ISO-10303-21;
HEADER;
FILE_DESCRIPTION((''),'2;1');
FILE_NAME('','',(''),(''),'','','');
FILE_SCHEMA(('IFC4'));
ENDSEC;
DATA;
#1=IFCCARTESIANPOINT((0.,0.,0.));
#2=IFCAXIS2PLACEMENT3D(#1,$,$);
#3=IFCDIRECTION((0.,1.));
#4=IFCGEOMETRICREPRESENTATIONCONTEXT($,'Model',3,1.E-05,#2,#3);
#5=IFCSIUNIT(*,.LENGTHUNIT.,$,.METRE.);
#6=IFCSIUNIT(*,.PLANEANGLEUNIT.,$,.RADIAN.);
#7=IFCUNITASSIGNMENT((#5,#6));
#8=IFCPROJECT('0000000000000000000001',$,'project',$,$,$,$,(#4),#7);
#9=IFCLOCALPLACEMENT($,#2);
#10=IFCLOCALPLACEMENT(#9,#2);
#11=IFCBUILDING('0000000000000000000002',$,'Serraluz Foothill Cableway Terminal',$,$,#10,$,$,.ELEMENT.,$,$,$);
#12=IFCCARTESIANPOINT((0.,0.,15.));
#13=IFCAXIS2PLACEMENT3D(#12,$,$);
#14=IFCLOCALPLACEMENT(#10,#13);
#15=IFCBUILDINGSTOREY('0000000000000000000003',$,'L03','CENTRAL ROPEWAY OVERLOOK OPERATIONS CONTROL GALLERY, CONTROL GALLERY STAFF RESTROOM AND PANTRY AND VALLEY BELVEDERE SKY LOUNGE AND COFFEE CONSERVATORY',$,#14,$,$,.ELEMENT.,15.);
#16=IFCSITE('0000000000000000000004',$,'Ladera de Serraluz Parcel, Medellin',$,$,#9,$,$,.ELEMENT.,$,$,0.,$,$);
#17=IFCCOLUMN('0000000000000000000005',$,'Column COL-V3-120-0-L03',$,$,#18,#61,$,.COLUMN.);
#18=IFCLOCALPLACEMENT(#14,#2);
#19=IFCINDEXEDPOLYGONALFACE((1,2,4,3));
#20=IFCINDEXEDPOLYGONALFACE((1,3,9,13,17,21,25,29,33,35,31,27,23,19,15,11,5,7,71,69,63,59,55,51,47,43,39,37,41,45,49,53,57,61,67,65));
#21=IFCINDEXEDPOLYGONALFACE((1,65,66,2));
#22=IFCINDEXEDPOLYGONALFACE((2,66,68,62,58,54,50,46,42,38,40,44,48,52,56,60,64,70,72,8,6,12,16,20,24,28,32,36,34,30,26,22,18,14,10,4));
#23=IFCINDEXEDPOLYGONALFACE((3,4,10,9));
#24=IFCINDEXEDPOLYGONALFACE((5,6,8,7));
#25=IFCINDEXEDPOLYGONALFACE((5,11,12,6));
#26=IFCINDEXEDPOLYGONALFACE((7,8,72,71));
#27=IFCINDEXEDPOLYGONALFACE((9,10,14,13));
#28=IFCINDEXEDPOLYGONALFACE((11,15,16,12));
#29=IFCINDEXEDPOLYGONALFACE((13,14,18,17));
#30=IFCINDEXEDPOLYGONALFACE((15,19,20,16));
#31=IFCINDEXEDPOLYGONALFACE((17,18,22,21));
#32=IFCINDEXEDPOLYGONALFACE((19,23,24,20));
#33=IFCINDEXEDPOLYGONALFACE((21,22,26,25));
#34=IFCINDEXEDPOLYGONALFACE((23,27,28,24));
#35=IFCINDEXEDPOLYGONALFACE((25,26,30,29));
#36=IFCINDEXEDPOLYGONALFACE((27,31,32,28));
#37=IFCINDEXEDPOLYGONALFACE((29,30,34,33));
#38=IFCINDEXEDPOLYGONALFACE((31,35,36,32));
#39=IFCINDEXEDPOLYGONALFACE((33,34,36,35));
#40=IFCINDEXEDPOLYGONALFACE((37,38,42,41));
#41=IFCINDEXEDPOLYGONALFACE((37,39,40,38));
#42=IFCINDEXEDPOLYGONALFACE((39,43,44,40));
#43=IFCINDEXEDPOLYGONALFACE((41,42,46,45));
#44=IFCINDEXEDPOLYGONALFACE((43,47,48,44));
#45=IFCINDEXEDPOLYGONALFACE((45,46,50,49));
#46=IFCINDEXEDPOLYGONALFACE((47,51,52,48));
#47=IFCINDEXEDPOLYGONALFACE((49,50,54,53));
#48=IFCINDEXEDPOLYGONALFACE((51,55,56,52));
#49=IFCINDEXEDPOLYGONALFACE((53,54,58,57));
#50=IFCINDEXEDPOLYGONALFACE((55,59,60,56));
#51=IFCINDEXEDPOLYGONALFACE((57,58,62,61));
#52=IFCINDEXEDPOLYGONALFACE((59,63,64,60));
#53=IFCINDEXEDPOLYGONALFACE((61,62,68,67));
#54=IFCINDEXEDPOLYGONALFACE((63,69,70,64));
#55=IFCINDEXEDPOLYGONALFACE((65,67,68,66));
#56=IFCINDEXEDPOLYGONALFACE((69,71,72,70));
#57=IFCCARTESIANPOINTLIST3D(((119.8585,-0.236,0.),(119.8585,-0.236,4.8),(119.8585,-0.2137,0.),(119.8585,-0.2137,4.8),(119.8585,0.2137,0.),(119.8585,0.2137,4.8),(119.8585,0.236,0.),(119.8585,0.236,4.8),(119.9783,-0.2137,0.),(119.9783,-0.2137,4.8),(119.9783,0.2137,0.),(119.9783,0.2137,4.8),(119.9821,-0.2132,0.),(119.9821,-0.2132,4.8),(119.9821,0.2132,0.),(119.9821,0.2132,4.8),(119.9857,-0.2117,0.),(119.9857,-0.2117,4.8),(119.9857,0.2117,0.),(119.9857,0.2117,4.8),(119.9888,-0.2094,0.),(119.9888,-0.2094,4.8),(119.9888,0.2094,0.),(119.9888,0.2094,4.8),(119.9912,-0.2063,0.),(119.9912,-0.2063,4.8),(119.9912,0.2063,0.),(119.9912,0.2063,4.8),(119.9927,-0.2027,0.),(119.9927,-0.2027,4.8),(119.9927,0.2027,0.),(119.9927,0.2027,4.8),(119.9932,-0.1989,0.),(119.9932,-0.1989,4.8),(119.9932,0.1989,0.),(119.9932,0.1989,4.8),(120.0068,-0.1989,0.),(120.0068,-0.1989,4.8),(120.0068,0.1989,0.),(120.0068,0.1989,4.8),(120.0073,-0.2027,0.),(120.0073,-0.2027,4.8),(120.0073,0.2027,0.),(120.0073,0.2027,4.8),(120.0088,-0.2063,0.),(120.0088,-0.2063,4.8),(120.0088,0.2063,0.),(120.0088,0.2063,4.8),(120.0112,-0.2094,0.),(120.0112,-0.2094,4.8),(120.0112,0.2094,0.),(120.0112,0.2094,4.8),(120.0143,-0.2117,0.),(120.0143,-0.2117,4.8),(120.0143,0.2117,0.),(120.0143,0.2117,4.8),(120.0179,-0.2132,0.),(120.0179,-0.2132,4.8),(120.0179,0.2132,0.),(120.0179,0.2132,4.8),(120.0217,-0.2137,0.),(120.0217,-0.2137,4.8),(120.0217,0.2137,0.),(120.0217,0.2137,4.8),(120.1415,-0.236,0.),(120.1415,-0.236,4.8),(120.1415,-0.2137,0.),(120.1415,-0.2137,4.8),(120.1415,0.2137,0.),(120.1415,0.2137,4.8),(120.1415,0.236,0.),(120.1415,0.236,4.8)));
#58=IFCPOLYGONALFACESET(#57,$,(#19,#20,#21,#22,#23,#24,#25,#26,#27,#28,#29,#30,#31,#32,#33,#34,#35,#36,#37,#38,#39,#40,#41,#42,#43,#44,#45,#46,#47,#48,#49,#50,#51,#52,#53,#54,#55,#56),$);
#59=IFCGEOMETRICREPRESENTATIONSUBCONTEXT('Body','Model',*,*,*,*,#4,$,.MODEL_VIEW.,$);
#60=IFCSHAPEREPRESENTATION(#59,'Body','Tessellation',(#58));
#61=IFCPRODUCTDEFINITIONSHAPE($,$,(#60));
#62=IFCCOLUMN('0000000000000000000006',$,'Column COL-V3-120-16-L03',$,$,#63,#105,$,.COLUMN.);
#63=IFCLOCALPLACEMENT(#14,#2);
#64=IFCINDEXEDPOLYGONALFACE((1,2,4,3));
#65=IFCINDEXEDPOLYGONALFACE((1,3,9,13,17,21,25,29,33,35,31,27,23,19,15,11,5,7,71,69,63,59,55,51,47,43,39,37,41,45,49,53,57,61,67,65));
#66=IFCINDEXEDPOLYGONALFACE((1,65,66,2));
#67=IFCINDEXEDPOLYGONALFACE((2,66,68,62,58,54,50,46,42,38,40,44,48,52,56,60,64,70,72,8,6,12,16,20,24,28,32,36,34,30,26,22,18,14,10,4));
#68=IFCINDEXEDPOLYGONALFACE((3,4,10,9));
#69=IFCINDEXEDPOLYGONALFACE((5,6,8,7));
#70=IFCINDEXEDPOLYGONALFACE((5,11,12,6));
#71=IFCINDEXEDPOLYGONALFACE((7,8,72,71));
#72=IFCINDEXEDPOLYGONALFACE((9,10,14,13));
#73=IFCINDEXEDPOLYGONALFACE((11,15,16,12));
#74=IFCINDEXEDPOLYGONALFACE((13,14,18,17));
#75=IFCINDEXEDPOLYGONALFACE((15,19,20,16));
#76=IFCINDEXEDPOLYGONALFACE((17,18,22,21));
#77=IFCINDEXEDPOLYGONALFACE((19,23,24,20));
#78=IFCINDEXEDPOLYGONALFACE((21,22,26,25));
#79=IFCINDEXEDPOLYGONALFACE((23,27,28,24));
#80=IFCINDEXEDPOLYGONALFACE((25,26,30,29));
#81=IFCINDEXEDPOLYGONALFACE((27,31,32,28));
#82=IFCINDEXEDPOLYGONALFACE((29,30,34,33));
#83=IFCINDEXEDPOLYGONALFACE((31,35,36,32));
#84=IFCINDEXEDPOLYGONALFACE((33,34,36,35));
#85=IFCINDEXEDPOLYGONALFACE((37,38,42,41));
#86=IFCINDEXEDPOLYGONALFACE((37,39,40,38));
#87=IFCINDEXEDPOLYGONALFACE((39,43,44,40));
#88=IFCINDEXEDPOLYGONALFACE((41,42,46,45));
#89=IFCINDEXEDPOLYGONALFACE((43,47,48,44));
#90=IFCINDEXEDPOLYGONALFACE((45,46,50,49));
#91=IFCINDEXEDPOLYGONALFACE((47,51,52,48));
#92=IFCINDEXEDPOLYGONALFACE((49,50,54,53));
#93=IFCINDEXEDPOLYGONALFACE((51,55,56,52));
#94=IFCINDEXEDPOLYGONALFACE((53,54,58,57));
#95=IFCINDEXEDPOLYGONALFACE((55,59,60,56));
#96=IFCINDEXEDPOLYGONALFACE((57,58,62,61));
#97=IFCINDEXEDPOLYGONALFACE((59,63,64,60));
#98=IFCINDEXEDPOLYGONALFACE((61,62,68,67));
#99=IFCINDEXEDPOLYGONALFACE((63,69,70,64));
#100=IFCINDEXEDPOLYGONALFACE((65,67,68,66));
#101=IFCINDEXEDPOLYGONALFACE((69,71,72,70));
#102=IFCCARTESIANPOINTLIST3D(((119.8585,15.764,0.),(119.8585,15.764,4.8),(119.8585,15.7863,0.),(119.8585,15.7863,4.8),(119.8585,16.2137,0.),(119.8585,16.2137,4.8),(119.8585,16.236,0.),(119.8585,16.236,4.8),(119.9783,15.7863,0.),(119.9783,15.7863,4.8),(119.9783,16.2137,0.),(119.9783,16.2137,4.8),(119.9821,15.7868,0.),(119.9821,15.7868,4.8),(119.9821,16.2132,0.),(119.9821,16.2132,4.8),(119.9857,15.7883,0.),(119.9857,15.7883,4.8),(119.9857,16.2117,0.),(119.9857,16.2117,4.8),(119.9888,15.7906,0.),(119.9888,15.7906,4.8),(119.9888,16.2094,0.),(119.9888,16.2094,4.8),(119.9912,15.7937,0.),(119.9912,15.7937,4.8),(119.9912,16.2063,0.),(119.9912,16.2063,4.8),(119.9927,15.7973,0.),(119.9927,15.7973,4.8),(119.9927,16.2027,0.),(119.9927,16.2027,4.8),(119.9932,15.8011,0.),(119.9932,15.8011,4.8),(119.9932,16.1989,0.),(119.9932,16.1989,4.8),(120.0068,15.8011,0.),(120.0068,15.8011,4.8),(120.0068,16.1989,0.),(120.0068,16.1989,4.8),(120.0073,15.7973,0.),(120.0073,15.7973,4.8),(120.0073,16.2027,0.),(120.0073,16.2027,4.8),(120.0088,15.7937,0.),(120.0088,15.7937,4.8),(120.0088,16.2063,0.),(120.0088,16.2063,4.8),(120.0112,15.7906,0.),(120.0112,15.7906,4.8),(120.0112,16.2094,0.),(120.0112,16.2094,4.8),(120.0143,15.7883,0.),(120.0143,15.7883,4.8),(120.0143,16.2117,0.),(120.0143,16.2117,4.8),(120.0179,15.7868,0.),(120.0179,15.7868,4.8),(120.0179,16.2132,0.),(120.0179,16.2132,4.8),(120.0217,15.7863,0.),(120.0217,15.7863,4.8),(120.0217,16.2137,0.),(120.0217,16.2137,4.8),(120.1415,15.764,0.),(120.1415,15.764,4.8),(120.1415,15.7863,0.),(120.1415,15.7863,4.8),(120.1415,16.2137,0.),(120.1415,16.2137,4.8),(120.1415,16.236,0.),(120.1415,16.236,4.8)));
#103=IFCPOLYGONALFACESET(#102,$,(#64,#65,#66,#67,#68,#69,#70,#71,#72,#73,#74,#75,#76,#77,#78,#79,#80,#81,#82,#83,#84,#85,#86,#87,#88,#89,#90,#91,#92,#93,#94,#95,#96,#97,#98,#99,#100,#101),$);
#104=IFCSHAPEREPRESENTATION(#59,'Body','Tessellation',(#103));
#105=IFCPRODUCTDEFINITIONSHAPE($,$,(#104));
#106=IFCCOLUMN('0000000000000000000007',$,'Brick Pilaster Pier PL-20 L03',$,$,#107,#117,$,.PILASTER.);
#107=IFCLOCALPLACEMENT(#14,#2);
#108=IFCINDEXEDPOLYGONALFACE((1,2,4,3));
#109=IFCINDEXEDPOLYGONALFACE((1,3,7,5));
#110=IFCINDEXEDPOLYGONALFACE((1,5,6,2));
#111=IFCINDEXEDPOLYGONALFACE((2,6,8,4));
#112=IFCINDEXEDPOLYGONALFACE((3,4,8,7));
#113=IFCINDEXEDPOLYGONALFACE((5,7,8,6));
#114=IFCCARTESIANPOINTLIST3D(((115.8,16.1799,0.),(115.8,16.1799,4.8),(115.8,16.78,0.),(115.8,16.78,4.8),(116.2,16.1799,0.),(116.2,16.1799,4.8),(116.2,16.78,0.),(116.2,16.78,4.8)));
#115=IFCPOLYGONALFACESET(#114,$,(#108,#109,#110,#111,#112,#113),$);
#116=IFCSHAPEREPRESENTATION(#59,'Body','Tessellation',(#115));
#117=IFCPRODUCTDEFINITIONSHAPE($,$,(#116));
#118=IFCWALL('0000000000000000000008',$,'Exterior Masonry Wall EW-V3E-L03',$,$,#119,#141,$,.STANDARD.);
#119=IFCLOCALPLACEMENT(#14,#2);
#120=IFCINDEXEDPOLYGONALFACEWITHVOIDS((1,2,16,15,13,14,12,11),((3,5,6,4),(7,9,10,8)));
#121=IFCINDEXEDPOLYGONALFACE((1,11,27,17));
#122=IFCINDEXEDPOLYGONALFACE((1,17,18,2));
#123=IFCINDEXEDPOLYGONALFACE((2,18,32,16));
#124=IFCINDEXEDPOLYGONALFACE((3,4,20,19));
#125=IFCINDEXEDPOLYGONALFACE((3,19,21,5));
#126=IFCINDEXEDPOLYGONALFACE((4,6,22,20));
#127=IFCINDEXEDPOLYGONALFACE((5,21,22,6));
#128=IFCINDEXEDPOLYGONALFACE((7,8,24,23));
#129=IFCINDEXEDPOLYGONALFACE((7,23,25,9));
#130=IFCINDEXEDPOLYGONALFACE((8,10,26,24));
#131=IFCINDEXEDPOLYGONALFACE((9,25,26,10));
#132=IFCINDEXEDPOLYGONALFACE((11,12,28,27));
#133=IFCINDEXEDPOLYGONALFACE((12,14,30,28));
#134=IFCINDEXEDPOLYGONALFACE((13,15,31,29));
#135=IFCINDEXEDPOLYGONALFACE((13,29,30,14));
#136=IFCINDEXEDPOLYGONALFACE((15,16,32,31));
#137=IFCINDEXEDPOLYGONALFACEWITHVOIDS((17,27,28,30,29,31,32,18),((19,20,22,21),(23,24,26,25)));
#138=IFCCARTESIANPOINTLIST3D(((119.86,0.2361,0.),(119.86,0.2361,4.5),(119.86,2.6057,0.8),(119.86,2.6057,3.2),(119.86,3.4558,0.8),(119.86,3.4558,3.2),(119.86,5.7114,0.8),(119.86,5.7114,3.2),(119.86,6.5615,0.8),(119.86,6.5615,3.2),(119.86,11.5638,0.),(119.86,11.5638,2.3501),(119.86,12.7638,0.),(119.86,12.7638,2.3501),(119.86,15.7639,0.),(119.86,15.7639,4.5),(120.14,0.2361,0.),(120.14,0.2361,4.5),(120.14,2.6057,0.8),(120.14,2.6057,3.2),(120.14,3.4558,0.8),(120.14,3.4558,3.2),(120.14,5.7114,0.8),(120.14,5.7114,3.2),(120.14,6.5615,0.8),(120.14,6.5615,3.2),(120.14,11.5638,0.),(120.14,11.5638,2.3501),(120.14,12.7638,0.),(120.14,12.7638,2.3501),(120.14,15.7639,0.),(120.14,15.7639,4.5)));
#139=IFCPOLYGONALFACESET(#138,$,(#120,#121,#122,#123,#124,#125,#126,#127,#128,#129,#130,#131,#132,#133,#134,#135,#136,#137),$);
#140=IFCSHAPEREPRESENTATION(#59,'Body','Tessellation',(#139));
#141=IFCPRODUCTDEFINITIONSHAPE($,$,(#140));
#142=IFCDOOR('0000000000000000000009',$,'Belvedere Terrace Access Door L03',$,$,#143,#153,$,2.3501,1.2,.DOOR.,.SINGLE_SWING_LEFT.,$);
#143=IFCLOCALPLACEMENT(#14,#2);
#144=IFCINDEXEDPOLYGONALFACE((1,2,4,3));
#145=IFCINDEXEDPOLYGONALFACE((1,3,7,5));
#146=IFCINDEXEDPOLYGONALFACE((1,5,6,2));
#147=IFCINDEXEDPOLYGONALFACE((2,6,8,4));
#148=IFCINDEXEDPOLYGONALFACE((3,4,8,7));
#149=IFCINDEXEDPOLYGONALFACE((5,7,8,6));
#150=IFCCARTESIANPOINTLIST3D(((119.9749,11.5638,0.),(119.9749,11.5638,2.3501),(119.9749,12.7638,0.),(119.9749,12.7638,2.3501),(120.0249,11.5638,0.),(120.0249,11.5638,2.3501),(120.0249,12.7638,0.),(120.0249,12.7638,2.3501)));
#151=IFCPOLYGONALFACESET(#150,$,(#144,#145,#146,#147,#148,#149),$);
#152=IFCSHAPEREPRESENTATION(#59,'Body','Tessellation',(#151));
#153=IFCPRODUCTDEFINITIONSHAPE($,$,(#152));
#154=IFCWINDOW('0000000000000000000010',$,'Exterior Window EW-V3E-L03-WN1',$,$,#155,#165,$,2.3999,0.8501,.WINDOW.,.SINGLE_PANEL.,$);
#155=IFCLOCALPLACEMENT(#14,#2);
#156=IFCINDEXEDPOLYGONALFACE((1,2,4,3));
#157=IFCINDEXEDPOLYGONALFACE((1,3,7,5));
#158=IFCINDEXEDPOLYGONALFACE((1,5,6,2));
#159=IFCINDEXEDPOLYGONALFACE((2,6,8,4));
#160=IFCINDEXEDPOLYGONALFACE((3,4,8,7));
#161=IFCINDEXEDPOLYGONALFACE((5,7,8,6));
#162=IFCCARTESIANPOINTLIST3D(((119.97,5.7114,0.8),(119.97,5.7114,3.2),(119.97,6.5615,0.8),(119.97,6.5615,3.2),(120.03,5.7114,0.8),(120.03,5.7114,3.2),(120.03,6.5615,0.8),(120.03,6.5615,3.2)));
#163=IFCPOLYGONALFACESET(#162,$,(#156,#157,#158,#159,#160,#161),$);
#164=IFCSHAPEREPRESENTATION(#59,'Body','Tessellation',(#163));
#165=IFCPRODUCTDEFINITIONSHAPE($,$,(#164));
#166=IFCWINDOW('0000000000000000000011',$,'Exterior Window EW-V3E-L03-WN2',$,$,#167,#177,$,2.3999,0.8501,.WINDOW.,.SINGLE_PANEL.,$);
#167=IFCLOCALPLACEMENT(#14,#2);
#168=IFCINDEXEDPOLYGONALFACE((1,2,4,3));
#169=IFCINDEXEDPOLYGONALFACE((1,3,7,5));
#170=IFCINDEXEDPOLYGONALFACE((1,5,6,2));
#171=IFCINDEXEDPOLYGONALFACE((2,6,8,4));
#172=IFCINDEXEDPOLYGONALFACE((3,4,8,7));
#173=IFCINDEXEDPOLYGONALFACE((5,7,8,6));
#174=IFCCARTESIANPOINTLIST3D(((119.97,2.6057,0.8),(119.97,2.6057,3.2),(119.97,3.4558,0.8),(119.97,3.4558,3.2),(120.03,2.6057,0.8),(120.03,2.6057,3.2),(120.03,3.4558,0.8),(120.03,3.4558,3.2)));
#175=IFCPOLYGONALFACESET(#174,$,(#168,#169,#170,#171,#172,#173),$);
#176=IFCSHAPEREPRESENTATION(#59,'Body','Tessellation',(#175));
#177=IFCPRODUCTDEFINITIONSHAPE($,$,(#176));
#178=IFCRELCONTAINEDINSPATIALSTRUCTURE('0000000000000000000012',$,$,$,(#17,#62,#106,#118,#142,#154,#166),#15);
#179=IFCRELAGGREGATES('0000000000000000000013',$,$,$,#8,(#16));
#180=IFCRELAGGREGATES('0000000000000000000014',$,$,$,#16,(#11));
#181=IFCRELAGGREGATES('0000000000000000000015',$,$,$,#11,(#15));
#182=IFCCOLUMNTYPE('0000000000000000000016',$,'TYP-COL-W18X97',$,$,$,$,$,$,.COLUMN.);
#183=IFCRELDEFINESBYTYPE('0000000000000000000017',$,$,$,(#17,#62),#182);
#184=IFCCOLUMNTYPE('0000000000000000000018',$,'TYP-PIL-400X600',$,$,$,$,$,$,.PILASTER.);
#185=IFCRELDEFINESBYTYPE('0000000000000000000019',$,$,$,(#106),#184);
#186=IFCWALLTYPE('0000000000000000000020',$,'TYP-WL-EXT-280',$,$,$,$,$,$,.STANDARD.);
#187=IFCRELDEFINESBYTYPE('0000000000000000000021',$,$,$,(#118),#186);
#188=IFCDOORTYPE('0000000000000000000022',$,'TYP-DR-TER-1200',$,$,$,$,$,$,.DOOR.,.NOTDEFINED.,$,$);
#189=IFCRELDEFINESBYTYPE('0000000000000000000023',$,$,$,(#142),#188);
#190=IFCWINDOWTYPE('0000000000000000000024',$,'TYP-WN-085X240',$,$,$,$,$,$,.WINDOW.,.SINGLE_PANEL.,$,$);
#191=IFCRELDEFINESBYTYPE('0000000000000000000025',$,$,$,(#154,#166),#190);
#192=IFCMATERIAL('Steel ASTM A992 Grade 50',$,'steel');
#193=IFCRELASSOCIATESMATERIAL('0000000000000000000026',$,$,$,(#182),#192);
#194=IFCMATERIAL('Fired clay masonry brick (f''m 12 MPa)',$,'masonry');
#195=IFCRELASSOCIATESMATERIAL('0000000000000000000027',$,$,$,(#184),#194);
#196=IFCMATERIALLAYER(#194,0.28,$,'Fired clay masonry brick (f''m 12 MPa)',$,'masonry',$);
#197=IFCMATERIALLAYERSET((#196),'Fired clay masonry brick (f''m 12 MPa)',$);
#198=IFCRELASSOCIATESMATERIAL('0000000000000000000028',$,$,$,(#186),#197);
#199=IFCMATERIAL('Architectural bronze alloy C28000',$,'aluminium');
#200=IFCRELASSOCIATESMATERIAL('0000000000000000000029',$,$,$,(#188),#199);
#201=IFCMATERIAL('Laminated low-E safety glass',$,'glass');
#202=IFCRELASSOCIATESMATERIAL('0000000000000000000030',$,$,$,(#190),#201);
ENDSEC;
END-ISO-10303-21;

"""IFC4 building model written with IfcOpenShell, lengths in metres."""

from ifc_helpers import new_model, si_unit, direction, frame, frame_2d, origin, origin_2d, place, context, subcontext, project, spatial, rectangle, i_section, extrude, material, layer, layer_set, material_profile, profile_set, type_object, element, fill, save


model = new_model("IFC4")

# Units and contexts
model_context = context("Model", 3, precision=1e-05, world=origin(), true_north=direction((0.0, 1.0)))
body_context = subcontext(model_context, "Body", "Model", "MODEL_VIEW")
ifc_project = project(units=[si_unit("LENGTHUNIT", "METRE"), si_unit("PLANEANGLEUNIT", "RADIAN")], contexts=[model_context])

# Site, building, storey
site_placement = place(None, origin())
site = spatial("IfcSite", under=ifc_project, at=site_placement, Name="Ladera de Serraluz Parcel, Medellin", CompositionType="ELEMENT", RefElevation=0.0)
building_placement = place(site_placement, origin())
building = spatial("IfcBuilding", under=site, at=building_placement, Name="Serraluz Foothill Cableway Terminal", CompositionType="ELEMENT")
storey_placement = place(building_placement, frame((0.0, 0.0, 15.0)))
storey = spatial("IfcBuildingStorey", under=building, at=storey_placement, Name="L03", Description="CENTRAL ROPEWAY OVERLOOK OPERATIONS CONTROL GALLERY, CONTROL GALLERY STAFF RESTROOM AND PANTRY AND VALLEY BELVEDERE SKY LOUNGE AND COFFEE CONSERVATORY", CompositionType="ELEMENT", Elevation=15.0)

# Columns
ifc_material_1 = material(Name="Steel ASTM A992 Grade 50", Category="steel")
ifc_material_profile_1 = material_profile(ifc_material_1, i_section(OverallWidth=0.283, OverallDepth=0.4719, WebThickness=0.0137, FlangeThickness=0.0222, FilletRadius=0.0149, at=origin_2d()), Name="W18X97")
ifc_profile_set_1 = profile_set([ifc_material_profile_1], Name="Steel ASTM A992 Grade 50")
column_type_1 = type_object("IfcColumnType", Name="TYP-COL-W18X97", PredefinedType="COLUMN", material=ifc_profile_set_1)
for number, where, z_axis, x_axis, name in (
    (1, (120.0, 0.0, 0.0), (0.0, 0.0, 1.0), (1.0, 0.0, 0.0), "Column COL-V3-120-0-L03"),
    (2, (120.0, 16.0, 0.0), (0.0, 0.0, 1.0), (1.0, 0.0, 0.0), "Column COL-V3-120-16-L03"),
):
    element("IfcColumn", number, at=place(storey_placement, frame(where, z_axis=z_axis, x_axis=x_axis)), inside=storey, type_object=column_type_1, Name=name, PredefinedType="COLUMN", context=body_context, shape_type="SweptSolid", body=[
        extrude(i_section(OverallWidth=0.283, OverallDepth=0.4719, WebThickness=0.0137, FlangeThickness=0.0222, FilletRadius=0.0149, at=origin_2d()), origin(), (0.0, 0.0, 1.0), 4.8),
    ])
ifc_material_2 = material(Name="Fired clay masonry brick (f'm 12 MPa)", Category="masonry")
ifc_material_profile_2 = material_profile(ifc_material_2, rectangle(XDim=0.3999, YDim=0.6001, at=origin_2d()), Name="PIL 400x600")
ifc_profile_set_2 = profile_set([ifc_material_profile_2], Name="Fired clay masonry brick (f'm 12 MPa)")
column_type_2 = type_object("IfcColumnType", Name="TYP-PIL-400X600", PredefinedType="PILASTER", material=ifc_profile_set_2)
column_placement = place(storey_placement, frame((116.0, 16.48, 0.0), z_axis=(0.0, 0.0, 1.0), x_axis=(1.0, 0.0, 0.0)))
element("IfcColumn", 3, at=column_placement, inside=storey, type_object=column_type_2, Name="Brick Pilaster Pier PL-20 L03", PredefinedType="PILASTER", context=body_context, shape_type="SweptSolid", body=[
    extrude(rectangle(XDim=0.3999, YDim=0.6001, at=origin_2d()), origin(), (0.0, 0.0, 1.0), 4.8),
])

# Wall, openings, door, windows
ifc_layer_1 = layer(ifc_material_2, 0.28, Name="Fired clay masonry brick (f'm 12 MPa)", Category="masonry")
ifc_layer_set_1 = layer_set([ifc_layer_1], Name="Fired clay masonry brick (f'm 12 MPa)")
wall_type_1 = type_object("IfcWallType", Name="TYP-WL-EXT-280", PredefinedType="STANDARD", material=ifc_layer_set_1)
wall_1_placement = place(storey_placement, frame((120.0, 15.7639, 0.0), z_axis=(0.0, 0.0, 1.0), x_axis=(0.0, -1.0, 0.0)))
wall_1 = element("IfcWall", 4, at=wall_1_placement, inside=storey, type_object=wall_type_1, Name="Exterior Masonry Wall EW-V3E-L03", PredefinedType="STANDARD", context=body_context, shape_type="SweptSolid", body=[
    extrude(rectangle(XDim=15.5278, YDim=0.28, at=frame_2d((7.7639, 0.0))), origin(), (0.0, 0.0, 1.0), 4.5),
])
opening_1_placement = place(wall_1_placement, frame((9.2024, 0.0, 0.8)))
opening_1 = element("IfcOpeningElement", 5, at=opening_1_placement, cuts=wall_1, PredefinedType="OPENING", context=body_context, shape_type="SweptSolid", body=[
    extrude(rectangle(XDim=0.8501, YDim=2.3999, at=frame_2d((0.425, 1.2))), frame((0.0, 0.1499, 0.0), z_axis=(0.0, -1.0, 0.0), x_axis=(1.0, 0.0, 0.0)), (0.0, 0.0, 1.0), 0.3),
])
opening_2_placement = place(wall_1_placement, frame((12.3081, 0.0, 0.8)))
opening_2 = element("IfcOpeningElement", 6, at=opening_2_placement, cuts=wall_1, PredefinedType="OPENING", context=body_context, shape_type="SweptSolid", body=[
    extrude(rectangle(XDim=0.8501, YDim=2.3999, at=frame_2d((0.425, 1.2))), frame((0.0, 0.1499, 0.0), z_axis=(0.0, -1.0, 0.0), x_axis=(1.0, 0.0, 0.0)), (0.0, 0.0, 1.0), 0.3),
])
opening_3_placement = place(wall_1_placement, frame((3.0, 0.0, 0.0)))
opening_3 = element("IfcOpeningElement", 7, at=opening_3_placement, cuts=wall_1, PredefinedType="OPENING", context=body_context, shape_type="SweptSolid", body=[
    extrude(rectangle(XDim=1.2, YDim=2.3501, at=frame_2d((0.6001, 1.175))), frame((0.0, 0.1499, 0.0), z_axis=(0.0, -1.0, 0.0), x_axis=(1.0, 0.0, 0.0)), (0.0, 0.0, 1.0), 0.3),
])
ifc_material_3 = material(Name="Architectural bronze alloy C28000", Category="aluminium")
door_type_1 = type_object("IfcDoorType", Name="TYP-DR-TER-1200", OperationType="NOTDEFINED", PredefinedType="DOOR", material=ifc_material_3)
door_1_placement = place(opening_3_placement, origin())
door_1 = element("IfcDoor", 8, at=door_1_placement, inside=storey, type_object=door_type_1, Name="Belvedere Terrace Access Door L03", OperationType="SINGLE_SWING_LEFT", OverallHeight=2.3501, OverallWidth=1.2, PredefinedType="DOOR", context=body_context, shape_type="SweptSolid", body=[
    extrude(rectangle(XDim=1.2, YDim=2.3501, at=frame_2d((0.6001, 1.175))), frame((0.0, 0.0249, 0.0), z_axis=(0.0, -1.0, 0.0), x_axis=(1.0, 0.0, 0.0)), (0.0, 0.0, 1.0), 0.05),
])
fill(opening_3, door_1)
ifc_material_4 = material(Name="Laminated low-E safety glass", Category="glass")
window_type = type_object("IfcWindowType", Name="TYP-WN-085X240", PartitioningType="SINGLE_PANEL", PredefinedType="WINDOW", material=ifc_material_4)
window_1_placement = place(opening_1_placement, origin())
window_1 = element("IfcWindow", 9, at=window_1_placement, inside=storey, type_object=window_type, Name="Exterior Window EW-V3E-L03-WN1", OverallHeight=2.3999, OverallWidth=0.8501, PartitioningType="SINGLE_PANEL", PredefinedType="WINDOW", context=body_context, shape_type="SweptSolid", body=[
    extrude(rectangle(XDim=0.8501, YDim=2.3999, at=frame_2d((0.425, 1.2))), frame((0.0, 0.03, 0.0), z_axis=(0.0, -1.0, 0.0), x_axis=(1.0, 0.0, 0.0)), (0.0, 0.0, 1.0), 0.0601),
])
fill(opening_1, window_1)
window_2_placement = place(opening_2_placement, origin())
window_2 = element("IfcWindow", 10, at=window_2_placement, inside=storey, type_object=window_type, Name="Exterior Window EW-V3E-L03-WN2", OverallHeight=2.3999, OverallWidth=0.8501, PartitioningType="SINGLE_PANEL", PredefinedType="WINDOW", context=body_context, shape_type="SweptSolid", body=[
    extrude(rectangle(XDim=0.8501, YDim=2.3999, at=frame_2d((0.425, 1.2))), frame((0.0, 0.03, 0.0), z_axis=(0.0, -1.0, 0.0), x_axis=(1.0, 0.0, 0.0)), (0.0, 0.0, 1.0), 0.0601),
])
fill(opening_2, window_2)

save(model, "model.ifc")
